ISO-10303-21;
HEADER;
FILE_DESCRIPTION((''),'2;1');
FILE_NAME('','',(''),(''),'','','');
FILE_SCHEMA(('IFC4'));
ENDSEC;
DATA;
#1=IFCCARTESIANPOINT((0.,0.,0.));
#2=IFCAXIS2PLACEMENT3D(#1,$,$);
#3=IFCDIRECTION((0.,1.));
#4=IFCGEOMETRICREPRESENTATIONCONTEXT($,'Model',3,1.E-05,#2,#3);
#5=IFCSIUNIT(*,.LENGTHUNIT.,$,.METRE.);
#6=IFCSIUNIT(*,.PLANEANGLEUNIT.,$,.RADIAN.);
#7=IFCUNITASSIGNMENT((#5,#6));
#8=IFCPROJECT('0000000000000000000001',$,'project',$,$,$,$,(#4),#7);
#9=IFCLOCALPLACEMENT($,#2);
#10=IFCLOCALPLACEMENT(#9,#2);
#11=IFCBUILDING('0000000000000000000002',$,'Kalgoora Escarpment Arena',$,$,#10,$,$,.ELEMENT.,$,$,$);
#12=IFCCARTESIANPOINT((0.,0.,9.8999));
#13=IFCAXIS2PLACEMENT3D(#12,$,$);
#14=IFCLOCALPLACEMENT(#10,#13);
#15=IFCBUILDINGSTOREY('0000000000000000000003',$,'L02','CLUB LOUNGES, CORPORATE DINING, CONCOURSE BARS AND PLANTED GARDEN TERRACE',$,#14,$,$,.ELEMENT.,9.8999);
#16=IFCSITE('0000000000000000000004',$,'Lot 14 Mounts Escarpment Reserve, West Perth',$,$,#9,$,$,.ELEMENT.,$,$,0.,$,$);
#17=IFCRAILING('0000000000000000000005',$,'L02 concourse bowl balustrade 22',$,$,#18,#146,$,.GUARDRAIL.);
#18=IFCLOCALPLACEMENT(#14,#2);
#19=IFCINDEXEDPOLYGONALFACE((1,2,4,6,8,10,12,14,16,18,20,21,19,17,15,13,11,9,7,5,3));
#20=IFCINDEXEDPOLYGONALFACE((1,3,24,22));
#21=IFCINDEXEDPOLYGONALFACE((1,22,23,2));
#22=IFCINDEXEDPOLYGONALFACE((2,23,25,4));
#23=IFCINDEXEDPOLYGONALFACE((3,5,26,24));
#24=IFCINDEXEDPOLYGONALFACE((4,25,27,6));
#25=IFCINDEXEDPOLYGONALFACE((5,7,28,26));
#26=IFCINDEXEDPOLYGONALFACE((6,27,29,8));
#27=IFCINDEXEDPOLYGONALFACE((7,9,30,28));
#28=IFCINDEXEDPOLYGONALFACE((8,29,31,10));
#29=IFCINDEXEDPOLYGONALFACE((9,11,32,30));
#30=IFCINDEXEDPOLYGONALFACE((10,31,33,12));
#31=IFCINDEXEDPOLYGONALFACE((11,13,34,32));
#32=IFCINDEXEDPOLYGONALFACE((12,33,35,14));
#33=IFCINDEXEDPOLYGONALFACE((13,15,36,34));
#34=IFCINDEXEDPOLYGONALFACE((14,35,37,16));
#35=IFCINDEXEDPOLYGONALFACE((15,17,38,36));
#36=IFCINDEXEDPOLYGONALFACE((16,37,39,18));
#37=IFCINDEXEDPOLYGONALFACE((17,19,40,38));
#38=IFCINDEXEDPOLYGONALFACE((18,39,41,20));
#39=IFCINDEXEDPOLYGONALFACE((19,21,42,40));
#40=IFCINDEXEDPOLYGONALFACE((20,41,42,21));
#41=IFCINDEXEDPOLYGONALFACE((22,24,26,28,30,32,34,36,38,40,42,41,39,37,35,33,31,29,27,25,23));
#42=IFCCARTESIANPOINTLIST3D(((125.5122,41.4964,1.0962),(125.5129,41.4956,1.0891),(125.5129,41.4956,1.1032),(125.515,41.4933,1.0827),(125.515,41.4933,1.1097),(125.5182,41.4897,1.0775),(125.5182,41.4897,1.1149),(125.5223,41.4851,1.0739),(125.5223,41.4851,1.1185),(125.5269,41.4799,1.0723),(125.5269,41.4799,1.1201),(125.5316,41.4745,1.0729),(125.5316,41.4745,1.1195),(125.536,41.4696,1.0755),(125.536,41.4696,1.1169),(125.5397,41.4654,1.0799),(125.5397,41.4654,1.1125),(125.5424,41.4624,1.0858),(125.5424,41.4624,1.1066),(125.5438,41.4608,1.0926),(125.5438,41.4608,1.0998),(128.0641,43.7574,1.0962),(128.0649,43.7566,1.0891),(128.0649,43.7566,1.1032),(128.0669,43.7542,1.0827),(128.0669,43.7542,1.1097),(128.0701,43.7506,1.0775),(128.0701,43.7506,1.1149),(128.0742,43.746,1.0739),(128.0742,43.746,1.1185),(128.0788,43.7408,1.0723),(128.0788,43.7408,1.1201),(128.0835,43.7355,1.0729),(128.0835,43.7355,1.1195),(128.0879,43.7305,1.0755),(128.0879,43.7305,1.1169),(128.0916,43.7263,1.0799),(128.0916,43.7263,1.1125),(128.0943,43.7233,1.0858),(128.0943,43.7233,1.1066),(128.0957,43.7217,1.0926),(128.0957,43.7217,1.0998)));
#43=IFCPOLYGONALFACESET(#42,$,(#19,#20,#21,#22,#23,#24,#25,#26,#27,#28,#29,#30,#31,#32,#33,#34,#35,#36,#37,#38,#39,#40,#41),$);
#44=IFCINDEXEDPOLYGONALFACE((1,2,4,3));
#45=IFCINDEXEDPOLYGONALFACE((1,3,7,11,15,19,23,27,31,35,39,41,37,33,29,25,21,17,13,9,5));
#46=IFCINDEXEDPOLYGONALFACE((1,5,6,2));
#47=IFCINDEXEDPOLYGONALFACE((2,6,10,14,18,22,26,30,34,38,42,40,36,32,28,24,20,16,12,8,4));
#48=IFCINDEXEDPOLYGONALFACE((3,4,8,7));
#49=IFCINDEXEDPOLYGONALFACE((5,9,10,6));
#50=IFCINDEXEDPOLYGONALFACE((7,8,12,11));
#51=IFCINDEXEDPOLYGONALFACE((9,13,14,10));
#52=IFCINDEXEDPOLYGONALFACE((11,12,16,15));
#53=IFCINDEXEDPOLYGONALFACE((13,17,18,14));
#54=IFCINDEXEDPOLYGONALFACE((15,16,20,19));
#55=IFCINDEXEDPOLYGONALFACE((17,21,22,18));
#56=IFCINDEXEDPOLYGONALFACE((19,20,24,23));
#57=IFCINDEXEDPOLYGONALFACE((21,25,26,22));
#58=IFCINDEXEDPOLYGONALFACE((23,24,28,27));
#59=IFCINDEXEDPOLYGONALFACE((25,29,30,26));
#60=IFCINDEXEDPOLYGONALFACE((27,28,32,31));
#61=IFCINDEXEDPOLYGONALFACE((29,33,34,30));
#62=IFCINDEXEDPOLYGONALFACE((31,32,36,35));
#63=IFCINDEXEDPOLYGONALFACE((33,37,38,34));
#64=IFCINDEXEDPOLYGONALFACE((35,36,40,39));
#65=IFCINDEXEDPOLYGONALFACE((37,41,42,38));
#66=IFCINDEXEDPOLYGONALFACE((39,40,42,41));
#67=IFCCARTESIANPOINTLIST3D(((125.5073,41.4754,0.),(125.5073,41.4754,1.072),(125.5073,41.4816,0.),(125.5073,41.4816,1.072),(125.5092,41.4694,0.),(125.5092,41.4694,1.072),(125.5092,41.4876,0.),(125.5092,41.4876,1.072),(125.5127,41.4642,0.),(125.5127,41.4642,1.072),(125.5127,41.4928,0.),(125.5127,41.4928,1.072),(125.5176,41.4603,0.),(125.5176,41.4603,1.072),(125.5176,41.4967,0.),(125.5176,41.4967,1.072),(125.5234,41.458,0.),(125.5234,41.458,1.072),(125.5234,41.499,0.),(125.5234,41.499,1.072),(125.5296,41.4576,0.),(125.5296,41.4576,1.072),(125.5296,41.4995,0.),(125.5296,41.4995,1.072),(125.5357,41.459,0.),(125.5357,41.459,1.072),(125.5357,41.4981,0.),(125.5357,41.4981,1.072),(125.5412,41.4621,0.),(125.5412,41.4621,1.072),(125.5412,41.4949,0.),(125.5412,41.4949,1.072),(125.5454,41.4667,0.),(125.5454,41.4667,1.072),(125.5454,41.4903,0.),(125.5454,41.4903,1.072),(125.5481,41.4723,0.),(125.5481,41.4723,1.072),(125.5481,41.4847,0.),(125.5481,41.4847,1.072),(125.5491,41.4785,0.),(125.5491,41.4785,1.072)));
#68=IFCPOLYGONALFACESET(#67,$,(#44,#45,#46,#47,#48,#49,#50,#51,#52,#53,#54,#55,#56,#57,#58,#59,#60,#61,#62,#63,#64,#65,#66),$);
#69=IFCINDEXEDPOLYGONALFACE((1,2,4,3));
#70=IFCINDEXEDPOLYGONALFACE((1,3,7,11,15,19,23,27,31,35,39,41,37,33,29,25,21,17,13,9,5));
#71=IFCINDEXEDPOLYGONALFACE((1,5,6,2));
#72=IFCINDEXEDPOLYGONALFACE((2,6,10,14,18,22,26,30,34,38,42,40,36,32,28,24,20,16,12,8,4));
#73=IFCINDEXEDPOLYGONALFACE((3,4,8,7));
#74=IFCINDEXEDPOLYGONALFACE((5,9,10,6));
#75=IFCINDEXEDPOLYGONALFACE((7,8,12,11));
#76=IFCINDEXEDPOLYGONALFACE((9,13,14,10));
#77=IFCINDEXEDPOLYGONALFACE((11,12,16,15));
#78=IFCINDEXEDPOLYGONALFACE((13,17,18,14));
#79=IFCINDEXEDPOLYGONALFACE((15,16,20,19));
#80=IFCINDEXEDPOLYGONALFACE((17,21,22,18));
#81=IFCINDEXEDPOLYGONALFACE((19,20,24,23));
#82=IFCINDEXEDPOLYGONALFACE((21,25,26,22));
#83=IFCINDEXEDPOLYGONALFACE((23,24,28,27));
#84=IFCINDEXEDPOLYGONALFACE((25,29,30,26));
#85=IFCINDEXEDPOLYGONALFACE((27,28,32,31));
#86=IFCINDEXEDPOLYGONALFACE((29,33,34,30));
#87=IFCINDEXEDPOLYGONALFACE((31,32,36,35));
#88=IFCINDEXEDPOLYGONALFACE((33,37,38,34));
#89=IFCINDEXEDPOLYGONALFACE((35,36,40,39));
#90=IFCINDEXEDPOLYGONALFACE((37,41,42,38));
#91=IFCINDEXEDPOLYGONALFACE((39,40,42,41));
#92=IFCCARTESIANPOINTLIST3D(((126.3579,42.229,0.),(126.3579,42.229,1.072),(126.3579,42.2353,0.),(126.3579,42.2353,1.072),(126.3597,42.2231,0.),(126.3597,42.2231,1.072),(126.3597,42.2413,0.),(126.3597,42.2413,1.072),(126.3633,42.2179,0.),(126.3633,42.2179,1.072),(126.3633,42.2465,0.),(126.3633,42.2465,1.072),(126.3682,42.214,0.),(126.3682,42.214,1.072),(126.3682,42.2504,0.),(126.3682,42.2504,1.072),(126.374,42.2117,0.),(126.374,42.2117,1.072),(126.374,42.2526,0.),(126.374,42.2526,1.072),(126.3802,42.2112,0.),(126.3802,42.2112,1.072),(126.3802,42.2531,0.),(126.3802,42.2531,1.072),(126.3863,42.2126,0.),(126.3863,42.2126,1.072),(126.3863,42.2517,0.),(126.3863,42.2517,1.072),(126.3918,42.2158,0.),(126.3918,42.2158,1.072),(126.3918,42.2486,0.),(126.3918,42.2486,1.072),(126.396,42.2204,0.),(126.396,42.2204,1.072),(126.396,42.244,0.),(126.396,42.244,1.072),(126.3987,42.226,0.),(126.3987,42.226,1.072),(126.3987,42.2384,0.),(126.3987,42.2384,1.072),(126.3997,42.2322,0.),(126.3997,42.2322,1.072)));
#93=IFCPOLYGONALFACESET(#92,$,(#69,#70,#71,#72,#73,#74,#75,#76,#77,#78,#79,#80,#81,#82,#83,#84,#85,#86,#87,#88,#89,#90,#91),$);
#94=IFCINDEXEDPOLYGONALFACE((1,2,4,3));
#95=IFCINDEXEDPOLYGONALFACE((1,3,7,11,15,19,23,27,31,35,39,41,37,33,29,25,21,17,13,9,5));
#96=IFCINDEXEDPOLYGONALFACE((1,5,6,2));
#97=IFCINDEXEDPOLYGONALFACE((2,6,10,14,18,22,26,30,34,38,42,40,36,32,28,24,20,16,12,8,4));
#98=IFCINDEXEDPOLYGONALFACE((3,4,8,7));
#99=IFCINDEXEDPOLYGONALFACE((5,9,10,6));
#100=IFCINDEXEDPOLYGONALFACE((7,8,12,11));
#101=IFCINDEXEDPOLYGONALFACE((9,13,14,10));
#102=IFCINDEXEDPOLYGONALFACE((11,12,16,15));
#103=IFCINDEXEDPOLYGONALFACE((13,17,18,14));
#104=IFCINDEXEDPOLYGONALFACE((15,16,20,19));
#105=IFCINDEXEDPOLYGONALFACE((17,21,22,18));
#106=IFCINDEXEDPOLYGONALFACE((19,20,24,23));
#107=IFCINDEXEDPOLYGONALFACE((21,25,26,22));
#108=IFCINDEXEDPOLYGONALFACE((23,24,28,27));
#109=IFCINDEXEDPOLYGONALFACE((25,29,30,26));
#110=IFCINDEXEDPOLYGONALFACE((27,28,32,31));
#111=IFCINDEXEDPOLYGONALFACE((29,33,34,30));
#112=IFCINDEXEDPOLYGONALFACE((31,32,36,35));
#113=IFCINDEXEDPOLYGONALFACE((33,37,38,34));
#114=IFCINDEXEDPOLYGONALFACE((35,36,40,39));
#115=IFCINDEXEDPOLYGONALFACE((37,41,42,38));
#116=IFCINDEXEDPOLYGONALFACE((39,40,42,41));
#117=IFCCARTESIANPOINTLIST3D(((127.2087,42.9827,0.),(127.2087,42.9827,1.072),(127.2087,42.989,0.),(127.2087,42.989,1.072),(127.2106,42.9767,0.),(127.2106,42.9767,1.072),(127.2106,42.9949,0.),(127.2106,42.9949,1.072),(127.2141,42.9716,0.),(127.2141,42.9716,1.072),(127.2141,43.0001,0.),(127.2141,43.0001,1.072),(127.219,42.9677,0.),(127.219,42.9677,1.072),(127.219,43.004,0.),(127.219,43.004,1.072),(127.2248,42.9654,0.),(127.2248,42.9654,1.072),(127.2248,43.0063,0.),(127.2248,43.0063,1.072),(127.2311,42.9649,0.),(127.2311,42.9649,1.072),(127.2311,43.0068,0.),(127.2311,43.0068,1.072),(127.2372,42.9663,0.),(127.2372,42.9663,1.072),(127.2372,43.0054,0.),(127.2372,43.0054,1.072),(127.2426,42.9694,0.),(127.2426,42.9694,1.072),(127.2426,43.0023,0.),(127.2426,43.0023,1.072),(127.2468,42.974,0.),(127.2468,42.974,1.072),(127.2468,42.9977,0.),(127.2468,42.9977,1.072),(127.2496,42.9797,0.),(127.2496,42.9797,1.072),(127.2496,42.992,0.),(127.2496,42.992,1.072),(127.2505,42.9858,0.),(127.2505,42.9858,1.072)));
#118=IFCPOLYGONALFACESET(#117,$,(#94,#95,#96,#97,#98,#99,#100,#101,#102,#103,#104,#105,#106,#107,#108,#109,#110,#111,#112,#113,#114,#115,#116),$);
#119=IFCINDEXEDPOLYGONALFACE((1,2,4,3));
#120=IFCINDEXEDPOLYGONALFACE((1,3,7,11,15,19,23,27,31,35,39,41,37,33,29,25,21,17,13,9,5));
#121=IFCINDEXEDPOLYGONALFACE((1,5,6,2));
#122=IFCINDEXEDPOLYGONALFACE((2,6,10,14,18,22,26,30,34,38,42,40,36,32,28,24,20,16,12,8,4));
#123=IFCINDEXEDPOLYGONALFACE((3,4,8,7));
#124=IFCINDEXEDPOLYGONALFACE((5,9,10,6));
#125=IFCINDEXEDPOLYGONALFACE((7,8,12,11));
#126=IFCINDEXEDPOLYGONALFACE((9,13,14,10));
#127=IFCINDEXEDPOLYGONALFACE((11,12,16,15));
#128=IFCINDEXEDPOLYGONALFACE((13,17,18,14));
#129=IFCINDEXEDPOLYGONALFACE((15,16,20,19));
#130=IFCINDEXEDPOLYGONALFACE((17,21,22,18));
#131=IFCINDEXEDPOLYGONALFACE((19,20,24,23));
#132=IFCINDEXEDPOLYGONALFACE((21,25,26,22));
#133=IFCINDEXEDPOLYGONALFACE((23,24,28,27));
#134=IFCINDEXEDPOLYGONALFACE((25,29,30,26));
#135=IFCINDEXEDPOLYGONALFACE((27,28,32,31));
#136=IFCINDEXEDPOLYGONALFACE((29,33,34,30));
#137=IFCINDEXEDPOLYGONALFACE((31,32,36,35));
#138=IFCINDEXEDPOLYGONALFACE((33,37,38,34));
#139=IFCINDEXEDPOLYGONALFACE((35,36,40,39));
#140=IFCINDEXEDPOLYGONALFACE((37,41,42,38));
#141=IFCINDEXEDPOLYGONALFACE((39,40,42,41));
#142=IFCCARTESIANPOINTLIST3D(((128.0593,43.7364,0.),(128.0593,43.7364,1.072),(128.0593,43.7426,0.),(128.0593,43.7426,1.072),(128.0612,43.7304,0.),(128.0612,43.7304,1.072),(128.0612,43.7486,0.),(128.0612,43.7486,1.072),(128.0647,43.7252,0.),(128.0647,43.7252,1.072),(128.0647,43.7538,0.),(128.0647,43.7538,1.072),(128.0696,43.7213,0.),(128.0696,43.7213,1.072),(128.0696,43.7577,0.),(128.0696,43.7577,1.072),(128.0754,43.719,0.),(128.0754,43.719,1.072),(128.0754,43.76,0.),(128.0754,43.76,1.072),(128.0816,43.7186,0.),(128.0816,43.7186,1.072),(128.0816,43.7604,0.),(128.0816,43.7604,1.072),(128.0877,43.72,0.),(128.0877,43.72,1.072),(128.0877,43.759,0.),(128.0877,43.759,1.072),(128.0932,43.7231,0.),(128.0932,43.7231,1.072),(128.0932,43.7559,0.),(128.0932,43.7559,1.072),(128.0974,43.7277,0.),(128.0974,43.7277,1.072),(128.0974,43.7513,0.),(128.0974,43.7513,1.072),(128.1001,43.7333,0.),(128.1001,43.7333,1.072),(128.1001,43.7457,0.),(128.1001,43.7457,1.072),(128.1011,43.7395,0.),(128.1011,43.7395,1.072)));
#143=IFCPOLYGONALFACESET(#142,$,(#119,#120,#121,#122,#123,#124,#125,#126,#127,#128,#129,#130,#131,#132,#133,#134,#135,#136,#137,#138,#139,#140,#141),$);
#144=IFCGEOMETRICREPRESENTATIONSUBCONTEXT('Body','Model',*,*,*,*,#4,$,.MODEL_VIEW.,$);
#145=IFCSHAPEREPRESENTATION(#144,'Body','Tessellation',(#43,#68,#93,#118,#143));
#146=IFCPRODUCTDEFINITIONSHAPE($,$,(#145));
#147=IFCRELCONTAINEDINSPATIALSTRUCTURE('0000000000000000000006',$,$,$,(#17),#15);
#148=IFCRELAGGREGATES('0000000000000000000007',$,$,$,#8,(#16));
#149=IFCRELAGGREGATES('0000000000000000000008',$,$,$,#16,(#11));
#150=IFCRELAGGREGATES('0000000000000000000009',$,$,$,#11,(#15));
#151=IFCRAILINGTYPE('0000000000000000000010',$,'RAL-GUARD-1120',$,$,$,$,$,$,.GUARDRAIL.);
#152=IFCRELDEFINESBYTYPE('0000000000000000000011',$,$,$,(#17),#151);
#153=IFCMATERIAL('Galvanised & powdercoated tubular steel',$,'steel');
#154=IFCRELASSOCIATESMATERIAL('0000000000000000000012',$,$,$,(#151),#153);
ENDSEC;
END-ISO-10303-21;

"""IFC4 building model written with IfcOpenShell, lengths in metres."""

from ifc_helpers import new_model, si_unit, direction, frame, origin, origin_2d, place, context, subcontext, project, spatial, circle, extrude, material, type_object, element, save


model = new_model("IFC4")

# Units and contexts
model_context = context("Model", 3, precision=1e-05, world=origin(), true_north=direction((0.0, 1.0)))
body_context = subcontext(model_context, "Body", "Model", "MODEL_VIEW")
ifc_project = project(units=[si_unit("LENGTHUNIT", "METRE"), si_unit("PLANEANGLEUNIT", "RADIAN")], contexts=[model_context])

# Site, building, storey
site_placement = place(None, origin())
site = spatial("IfcSite", under=ifc_project, at=site_placement, Name="Lot 14 Mounts Escarpment Reserve, West Perth", CompositionType="ELEMENT", RefElevation=0.0)
building_placement = place(site_placement, origin())
building = spatial("IfcBuilding", under=site, at=building_placement, Name="Kalgoora Escarpment Arena", CompositionType="ELEMENT")
storey_placement = place(building_placement, frame((0.0, 0.0, 9.8999)))
storey = spatial("IfcBuildingStorey", under=building, at=storey_placement, Name="L02", Description="CLUB LOUNGES, CORPORATE DINING, CONCOURSE BARS AND PLANTED GARDEN TERRACE", CompositionType="ELEMENT", Elevation=9.8999)

# Railing
ifc_material_1 = material(Name="Galvanised & powdercoated tubular steel", Category="steel")
railing_type_1 = type_object("IfcRailingType", Name="RAL-GUARD-1120", PredefinedType="GUARDRAIL", material=ifc_material_1)
railing_1_placement = place(storey_placement, frame((125.5281, 41.4785, 0.0)))
element("IfcRailing", 1, at=railing_1_placement, inside=storey, type_object=railing_type_1, Name="L02 concourse bowl balustrade 22", PredefinedType="GUARDRAIL", context=body_context, shape_type="SweptSolid", body=[
    extrude(circle(Radius=0.0239, at=origin_2d()), frame((0.0, 0.0, 1.0962), z_axis=(0.748495, 0.663141, 0.0), x_axis=(-0.663141, 0.748495, 0.0)), (0.0, 0.0, 1.0), 3.4094),
    extrude(circle(Radius=0.021, at=origin_2d()), origin(), (0.0, 0.0, 1.0), 1.072),
    extrude(circle(Radius=0.021, at=origin_2d()), frame((0.8506, 0.7537, 0.0)), (0.0, 0.0, 1.0), 1.072),
    extrude(circle(Radius=0.021, at=origin_2d()), frame((1.7014, 1.5073, 0.0)), (0.0, 0.0, 1.0), 1.072),
    extrude(circle(Radius=0.021, at=origin_2d()), frame((2.552, 2.261, 0.0)), (0.0, 0.0, 1.0), 1.072),
])

save(model, "model.ifc")
